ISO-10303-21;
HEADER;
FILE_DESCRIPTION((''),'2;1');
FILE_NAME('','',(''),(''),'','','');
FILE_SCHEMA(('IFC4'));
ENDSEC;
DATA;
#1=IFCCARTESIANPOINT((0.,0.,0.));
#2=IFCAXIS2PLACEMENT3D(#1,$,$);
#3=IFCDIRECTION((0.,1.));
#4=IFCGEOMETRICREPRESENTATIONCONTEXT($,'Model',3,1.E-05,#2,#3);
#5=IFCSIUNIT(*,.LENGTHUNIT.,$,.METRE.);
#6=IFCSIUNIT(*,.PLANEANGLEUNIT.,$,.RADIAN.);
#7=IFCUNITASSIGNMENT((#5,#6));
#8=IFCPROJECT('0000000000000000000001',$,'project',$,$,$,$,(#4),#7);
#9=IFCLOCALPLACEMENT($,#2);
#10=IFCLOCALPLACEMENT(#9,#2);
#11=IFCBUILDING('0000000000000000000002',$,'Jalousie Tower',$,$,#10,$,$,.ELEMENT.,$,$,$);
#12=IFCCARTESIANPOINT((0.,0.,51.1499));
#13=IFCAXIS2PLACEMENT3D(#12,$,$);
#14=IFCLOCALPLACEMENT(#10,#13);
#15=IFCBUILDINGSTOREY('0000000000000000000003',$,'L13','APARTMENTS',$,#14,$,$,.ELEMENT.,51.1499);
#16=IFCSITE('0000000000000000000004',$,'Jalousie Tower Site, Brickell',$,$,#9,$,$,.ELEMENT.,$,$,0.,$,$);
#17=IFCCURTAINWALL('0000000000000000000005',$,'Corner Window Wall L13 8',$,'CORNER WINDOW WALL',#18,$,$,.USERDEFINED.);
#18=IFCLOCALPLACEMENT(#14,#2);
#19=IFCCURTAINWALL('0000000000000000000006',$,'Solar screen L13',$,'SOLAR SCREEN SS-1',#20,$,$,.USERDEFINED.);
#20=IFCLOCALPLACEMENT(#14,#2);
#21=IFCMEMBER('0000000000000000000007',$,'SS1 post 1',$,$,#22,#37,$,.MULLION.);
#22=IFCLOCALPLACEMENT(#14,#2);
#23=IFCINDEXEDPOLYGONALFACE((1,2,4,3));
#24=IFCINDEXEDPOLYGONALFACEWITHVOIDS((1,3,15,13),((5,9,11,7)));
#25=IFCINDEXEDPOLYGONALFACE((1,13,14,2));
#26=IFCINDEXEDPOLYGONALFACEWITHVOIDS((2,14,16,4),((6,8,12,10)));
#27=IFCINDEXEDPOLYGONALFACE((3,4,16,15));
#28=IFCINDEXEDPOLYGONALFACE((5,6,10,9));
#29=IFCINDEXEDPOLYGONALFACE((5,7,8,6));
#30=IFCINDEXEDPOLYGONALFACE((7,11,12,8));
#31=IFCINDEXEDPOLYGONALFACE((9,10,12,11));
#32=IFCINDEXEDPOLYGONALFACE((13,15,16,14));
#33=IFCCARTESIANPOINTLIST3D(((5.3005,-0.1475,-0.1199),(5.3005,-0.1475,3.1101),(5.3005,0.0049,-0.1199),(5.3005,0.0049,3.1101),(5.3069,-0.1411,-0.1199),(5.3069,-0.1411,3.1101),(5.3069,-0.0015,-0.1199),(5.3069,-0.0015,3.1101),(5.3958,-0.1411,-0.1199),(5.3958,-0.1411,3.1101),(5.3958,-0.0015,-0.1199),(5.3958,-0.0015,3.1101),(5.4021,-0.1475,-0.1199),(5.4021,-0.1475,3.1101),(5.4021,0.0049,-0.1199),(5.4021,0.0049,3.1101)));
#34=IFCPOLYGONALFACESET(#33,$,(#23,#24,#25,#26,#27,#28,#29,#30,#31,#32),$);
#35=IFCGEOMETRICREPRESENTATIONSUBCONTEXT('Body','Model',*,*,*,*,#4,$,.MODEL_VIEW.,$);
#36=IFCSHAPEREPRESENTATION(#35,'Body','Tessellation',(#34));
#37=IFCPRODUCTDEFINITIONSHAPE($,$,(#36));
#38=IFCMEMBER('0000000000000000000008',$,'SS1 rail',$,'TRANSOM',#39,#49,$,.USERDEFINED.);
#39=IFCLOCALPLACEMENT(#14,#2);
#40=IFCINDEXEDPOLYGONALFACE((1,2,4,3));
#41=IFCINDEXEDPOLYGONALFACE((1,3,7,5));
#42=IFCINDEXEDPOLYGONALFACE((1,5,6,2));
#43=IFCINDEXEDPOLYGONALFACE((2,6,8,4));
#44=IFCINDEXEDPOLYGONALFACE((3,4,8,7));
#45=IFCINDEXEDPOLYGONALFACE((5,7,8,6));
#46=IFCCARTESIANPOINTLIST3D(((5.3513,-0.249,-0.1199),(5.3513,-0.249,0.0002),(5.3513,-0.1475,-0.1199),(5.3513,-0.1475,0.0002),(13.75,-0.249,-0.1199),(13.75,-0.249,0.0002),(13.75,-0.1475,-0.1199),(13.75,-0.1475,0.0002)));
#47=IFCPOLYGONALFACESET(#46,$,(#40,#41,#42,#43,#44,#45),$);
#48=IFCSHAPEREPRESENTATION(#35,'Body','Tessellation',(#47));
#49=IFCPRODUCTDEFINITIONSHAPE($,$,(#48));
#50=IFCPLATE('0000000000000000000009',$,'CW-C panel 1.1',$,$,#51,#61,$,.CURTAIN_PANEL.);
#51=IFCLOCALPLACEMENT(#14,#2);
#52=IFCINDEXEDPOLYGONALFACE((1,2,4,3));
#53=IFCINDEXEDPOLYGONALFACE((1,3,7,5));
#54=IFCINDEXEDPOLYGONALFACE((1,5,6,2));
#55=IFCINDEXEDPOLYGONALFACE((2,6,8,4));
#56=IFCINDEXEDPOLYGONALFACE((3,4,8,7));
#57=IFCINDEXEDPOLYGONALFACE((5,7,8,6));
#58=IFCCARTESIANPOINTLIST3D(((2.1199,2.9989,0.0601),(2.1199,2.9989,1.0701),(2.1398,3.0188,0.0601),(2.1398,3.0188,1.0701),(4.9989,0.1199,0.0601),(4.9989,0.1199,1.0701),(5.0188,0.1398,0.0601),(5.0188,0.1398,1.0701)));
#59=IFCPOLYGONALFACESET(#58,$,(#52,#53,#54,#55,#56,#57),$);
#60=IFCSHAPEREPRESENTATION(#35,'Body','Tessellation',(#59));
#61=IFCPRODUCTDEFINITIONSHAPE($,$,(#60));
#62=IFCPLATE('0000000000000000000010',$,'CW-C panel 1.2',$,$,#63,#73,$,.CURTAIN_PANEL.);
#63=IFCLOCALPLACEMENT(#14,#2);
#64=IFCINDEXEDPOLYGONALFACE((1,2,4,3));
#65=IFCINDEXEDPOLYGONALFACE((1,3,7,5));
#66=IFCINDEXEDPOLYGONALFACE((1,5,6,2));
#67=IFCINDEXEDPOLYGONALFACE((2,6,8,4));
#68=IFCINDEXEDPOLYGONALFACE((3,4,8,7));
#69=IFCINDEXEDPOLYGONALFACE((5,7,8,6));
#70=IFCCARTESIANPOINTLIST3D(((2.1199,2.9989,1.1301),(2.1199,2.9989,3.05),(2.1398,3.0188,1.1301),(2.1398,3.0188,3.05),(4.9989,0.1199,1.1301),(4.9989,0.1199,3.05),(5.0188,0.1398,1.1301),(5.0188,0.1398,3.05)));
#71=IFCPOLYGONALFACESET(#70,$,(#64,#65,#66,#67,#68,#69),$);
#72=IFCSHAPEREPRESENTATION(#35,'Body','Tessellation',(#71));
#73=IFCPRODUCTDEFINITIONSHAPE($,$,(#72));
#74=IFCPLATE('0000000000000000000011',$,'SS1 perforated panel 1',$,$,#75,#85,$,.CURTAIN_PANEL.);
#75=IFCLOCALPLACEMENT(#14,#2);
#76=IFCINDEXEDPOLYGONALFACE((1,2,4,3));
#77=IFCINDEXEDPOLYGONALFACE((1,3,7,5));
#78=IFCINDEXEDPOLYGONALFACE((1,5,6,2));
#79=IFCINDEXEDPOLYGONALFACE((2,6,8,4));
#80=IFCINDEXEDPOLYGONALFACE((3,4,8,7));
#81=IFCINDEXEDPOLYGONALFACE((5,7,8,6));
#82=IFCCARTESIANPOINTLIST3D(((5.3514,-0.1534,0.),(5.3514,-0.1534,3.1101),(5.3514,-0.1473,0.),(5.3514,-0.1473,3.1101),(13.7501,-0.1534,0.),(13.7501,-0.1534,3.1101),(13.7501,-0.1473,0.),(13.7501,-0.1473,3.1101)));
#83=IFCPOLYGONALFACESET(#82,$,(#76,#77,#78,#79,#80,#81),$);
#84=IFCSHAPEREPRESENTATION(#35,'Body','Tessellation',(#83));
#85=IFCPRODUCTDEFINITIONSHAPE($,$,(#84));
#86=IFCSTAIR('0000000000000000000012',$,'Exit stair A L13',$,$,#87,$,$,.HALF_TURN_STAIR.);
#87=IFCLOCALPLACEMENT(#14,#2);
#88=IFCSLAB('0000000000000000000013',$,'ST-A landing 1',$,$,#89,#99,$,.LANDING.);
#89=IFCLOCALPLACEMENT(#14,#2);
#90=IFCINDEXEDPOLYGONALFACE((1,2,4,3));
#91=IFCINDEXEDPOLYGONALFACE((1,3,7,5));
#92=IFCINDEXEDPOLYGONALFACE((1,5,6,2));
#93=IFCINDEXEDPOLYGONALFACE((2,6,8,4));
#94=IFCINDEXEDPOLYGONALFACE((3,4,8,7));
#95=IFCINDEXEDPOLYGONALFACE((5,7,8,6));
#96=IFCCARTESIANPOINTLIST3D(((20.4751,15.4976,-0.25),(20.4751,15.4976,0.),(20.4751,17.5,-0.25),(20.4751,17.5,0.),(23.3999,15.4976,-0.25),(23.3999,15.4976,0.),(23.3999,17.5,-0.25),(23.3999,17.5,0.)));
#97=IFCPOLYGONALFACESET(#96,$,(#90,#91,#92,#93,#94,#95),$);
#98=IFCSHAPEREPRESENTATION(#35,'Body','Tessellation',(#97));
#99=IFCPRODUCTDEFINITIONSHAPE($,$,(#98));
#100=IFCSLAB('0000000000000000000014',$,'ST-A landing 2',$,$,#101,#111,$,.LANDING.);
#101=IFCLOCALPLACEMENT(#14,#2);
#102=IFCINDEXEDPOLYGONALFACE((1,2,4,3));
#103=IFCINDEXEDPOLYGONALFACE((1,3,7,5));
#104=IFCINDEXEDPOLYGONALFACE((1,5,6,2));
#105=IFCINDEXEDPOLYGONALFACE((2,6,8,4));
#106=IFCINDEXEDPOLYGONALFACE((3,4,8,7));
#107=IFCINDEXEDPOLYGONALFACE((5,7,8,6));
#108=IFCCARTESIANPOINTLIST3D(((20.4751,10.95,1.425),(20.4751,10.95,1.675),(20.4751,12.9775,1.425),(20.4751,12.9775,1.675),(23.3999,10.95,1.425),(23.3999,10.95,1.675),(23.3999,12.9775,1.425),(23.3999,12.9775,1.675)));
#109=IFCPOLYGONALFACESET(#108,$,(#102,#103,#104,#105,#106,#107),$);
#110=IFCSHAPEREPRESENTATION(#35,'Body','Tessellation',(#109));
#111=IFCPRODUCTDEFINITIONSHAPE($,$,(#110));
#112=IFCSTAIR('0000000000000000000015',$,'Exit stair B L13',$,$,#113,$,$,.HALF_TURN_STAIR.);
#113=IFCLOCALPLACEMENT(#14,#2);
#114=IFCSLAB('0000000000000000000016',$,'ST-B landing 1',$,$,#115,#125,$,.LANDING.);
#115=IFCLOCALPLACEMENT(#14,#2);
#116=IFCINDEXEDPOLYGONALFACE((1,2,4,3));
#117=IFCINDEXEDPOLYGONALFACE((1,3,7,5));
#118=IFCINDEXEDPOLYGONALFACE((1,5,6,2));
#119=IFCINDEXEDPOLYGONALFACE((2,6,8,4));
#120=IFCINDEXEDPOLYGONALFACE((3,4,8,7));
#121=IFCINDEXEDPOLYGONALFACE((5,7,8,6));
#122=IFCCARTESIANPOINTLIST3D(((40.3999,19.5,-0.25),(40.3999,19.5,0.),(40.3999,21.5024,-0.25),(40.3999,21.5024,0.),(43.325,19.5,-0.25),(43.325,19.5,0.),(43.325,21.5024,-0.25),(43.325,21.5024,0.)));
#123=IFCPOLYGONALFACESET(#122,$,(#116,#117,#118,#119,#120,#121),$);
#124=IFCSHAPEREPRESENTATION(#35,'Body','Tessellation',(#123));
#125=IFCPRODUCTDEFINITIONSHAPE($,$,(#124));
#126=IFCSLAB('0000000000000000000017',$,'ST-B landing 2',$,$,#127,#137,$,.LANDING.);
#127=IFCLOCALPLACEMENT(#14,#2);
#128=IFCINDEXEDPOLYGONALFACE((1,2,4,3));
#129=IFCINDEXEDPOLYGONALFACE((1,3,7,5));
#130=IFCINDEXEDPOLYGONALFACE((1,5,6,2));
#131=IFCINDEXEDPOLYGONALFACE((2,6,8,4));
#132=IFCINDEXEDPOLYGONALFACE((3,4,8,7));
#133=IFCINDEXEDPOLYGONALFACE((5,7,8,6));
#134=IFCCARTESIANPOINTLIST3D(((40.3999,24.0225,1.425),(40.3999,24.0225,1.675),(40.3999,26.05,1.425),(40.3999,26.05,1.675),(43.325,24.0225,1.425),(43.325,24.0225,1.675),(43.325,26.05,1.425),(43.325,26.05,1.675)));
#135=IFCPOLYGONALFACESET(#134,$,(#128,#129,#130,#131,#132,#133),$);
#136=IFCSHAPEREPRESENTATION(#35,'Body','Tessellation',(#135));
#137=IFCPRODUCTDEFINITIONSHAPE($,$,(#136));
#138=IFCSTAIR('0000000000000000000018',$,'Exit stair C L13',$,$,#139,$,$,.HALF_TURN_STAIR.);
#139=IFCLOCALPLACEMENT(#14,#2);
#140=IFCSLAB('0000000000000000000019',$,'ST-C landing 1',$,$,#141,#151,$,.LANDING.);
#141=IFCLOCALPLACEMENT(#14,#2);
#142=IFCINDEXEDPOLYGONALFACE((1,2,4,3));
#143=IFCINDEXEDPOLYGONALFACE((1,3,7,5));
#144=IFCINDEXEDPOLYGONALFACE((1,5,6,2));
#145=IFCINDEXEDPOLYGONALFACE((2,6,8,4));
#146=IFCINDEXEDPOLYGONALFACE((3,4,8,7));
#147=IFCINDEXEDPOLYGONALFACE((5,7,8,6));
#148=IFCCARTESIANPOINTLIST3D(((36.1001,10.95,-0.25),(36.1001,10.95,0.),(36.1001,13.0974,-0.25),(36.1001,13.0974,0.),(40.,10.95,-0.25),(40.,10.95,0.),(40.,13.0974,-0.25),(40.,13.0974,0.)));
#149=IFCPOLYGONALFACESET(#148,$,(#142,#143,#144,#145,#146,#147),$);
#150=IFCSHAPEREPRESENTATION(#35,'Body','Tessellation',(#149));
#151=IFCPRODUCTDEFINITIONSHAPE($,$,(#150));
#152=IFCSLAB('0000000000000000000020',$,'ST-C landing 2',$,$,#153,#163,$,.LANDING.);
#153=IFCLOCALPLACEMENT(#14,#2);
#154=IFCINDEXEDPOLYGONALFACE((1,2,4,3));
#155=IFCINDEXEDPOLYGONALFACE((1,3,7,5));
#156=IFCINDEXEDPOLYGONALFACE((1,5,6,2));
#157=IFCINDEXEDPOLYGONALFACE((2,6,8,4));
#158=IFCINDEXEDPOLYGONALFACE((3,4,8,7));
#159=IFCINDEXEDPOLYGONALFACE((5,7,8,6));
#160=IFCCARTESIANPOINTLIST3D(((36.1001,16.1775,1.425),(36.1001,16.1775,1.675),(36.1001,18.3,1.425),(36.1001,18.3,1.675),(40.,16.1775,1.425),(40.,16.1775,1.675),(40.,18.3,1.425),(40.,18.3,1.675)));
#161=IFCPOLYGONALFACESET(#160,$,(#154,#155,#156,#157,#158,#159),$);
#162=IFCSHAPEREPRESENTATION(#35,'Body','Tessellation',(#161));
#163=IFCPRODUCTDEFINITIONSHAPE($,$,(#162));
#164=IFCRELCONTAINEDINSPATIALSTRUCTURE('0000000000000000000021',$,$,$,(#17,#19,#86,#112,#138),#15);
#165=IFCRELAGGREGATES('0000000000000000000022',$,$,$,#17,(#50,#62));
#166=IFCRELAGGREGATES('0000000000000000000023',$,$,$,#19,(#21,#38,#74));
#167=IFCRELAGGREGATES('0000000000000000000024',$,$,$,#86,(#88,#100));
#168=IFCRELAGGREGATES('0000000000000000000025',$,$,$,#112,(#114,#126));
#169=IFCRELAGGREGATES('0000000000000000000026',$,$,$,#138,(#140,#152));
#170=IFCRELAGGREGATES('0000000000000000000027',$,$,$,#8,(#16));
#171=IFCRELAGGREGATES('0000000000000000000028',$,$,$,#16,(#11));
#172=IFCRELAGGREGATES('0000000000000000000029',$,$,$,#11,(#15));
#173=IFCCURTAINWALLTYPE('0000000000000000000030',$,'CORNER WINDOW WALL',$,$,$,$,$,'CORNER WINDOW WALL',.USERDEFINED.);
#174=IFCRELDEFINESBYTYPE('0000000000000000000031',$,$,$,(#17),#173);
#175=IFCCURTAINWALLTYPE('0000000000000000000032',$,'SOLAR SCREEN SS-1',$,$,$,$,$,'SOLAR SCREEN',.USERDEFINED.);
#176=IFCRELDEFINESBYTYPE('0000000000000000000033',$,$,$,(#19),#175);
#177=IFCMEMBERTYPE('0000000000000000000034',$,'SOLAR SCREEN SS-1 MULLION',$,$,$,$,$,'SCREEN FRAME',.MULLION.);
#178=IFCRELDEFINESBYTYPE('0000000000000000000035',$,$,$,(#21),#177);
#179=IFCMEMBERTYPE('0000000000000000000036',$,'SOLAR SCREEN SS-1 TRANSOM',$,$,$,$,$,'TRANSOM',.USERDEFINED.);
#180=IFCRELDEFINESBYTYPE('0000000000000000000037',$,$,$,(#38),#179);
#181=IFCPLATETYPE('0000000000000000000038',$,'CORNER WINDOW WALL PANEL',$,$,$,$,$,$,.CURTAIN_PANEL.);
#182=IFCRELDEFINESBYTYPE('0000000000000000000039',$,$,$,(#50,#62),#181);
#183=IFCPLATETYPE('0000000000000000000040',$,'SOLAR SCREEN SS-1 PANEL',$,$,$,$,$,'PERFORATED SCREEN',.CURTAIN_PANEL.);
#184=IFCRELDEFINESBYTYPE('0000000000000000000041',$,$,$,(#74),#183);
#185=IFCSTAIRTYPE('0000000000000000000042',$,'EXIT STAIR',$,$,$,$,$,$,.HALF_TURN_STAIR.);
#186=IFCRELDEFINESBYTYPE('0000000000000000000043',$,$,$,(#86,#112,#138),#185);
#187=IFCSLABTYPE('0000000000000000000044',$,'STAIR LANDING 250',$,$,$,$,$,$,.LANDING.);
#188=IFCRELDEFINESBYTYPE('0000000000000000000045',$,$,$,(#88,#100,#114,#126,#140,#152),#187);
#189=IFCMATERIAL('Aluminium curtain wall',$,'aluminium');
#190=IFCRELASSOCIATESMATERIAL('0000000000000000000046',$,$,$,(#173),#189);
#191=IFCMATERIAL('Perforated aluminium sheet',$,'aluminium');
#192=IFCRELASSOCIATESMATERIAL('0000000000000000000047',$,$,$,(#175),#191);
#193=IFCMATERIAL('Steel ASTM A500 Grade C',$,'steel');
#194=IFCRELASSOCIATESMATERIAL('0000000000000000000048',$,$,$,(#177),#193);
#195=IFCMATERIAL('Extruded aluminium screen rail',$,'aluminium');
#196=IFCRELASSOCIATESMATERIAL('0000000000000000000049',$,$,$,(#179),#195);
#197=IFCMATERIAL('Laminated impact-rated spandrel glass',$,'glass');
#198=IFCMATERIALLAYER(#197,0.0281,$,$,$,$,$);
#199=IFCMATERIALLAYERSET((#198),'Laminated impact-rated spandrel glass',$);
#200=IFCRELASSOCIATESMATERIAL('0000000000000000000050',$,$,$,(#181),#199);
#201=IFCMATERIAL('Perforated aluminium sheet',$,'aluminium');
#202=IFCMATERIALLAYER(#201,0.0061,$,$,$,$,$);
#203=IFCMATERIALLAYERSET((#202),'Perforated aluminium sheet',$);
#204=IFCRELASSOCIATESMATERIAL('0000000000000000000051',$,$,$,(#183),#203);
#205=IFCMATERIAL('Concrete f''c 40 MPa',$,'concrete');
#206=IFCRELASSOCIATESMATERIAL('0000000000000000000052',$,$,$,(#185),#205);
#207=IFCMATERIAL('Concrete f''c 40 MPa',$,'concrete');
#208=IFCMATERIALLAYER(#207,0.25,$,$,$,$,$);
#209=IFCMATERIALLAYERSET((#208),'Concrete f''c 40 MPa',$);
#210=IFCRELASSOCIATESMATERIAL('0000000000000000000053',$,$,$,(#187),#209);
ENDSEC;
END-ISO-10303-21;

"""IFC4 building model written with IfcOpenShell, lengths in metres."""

from ifc_helpers import new_model, si_unit, direction, frame, origin, origin_2d, place, context, subcontext, project, spatial, polyline, rectangle, hollow_rectangle, outline, extrude, material, layer, layer_set, material_profile, profile_set, type_object, element, aggregate, save


model = new_model("IFC4")

# Units and contexts
model_context = context("Model", 3, precision=1e-05, world=origin(), true_north=direction((0.0, 1.0)))
body_context = subcontext(model_context, "Body", "Model", "MODEL_VIEW")
ifc_project = project(units=[si_unit("LENGTHUNIT", "METRE"), si_unit("PLANEANGLEUNIT", "RADIAN")], contexts=[model_context])

# Site, building, storey
site_placement = place(None, origin())
site = spatial("IfcSite", under=ifc_project, at=site_placement, Name="Jalousie Tower Site, Brickell", CompositionType="ELEMENT", RefElevation=0.0)
building_placement = place(site_placement, origin())
building = spatial("IfcBuilding", under=site, at=building_placement, Name="Jalousie Tower", CompositionType="ELEMENT")
storey_placement = place(building_placement, frame((0.0, 0.0, 51.1499)))
storey = spatial("IfcBuildingStorey", under=building, at=storey_placement, Name="L13", Description="APARTMENTS", CompositionType="ELEMENT", Elevation=51.1499)

# Curtain wall
ifc_material_1 = material(Name="Aluminium curtain wall", Category="aluminium")
curtain_wall_type_1 = type_object("IfcCurtainWallType", Name="CORNER WINDOW WALL", ElementType="CORNER WINDOW WALL", PredefinedType="USERDEFINED", material=ifc_material_1)
curtain_wall_1_placement = place(storey_placement, origin())
curtain_wall_1 = element("IfcCurtainWall", 1, at=curtain_wall_1_placement, inside=storey, type_object=curtain_wall_type_1, Name="Corner Window Wall L13 8", ObjectType="CORNER WINDOW WALL", PredefinedType="USERDEFINED")

# Curtain wall, members
ifc_material_2 = material(Name="Perforated aluminium sheet", Category="aluminium")
curtain_wall_type_2 = type_object("IfcCurtainWallType", Name="SOLAR SCREEN SS-1", ElementType="SOLAR SCREEN", PredefinedType="USERDEFINED", material=ifc_material_2)
curtain_wall_2_placement = place(storey_placement, origin())
curtain_wall_2 = element("IfcCurtainWall", 2, at=curtain_wall_2_placement, inside=storey, type_object=curtain_wall_type_2, Name="Solar screen L13", ObjectType="SOLAR SCREEN SS-1", PredefinedType="USERDEFINED")
ifc_material_3 = material(Name="Steel ASTM A500 Grade C", Category="steel")
ifc_material_profile_1 = material_profile(ifc_material_3, hollow_rectangle(XDim=0.1016, YDim=0.1523, WallThickness=0.0063, at=origin_2d()), Name="HSS6X4X1/4")
ifc_profile_set_1 = profile_set([ifc_material_profile_1], Name="Steel ASTM A500 Grade C")
member_type_1 = type_object("IfcMemberType", Name="SOLAR SCREEN SS-1 MULLION", ElementType="SCREEN FRAME", PredefinedType="MULLION", material=ifc_profile_set_1)
member_1_placement = place(storey_placement, frame((5.3513, -0.0713, -0.1199), z_axis=(0.0, 0.0, 1.0), x_axis=(1.0, 0.0, 0.0)))
member_1 = element("IfcMember", 3, at=member_1_placement, type_object=member_type_1, Name="SS1 post 1", PredefinedType="MULLION", context=body_context, shape_type="SweptSolid", body=[
    extrude(hollow_rectangle(XDim=0.1016, YDim=0.1523, WallThickness=0.0063, at=origin_2d()), origin(), (0.0, 0.0, 1.0), 3.23),
])
ifc_material_4 = material(Name="Extruded aluminium screen rail", Category="aluminium")
ifc_material_profile_2 = material_profile(ifc_material_4, rectangle(XDim=0.1016, YDim=0.1201, at=origin_2d()), Name="RAIL 102x120")
ifc_profile_set_2 = profile_set([ifc_material_profile_2], Name="Extruded aluminium screen rail")
member_type_2 = type_object("IfcMemberType", Name="SOLAR SCREEN SS-1 TRANSOM", ElementType="TRANSOM", PredefinedType="USERDEFINED", material=ifc_profile_set_2)
member_2_placement = place(storey_placement, frame((5.3513, -0.1982, -0.0598), z_axis=(1.0, 0.0, 0.0), x_axis=(0.0, 1.0, 0.0)))
member_2 = element("IfcMember", 4, at=member_2_placement, type_object=member_type_2, Name="SS1 rail", ObjectType="TRANSOM", PredefinedType="USERDEFINED", context=body_context, shape_type="SweptSolid", body=[
    extrude(rectangle(XDim=0.1016, YDim=0.1201, at=origin_2d()), origin(), (0.0, 0.0, 1.0), 8.3987),
])

# Plates
ifc_material_5 = material(Name="Laminated impact-rated spandrel glass", Category="glass")
ifc_layer_1 = layer(ifc_material_5, 0.0281)
ifc_layer_set_1 = layer_set([ifc_layer_1], Name="Laminated impact-rated spandrel glass")
plate_type_1 = type_object("IfcPlateType", Name="CORNER WINDOW WALL PANEL", PredefinedType="CURTAIN_PANEL", material=ifc_layer_set_1)
plate_1_placement = place(storey_placement, frame((3.5693, 1.5693, 0.0601), z_axis=(0.0, 0.0, 1.0), x_axis=(0.707107, -0.707107, 0.0)))
plate_1 = element("IfcPlate", 5, at=plate_1_placement, type_object=plate_type_1, Name="CW-C panel 1.1", PredefinedType="CURTAIN_PANEL", context=body_context, shape_type="SweptSolid", body=[
    extrude(rectangle(XDim=4.0715, YDim=0.0281, at=origin_2d()), origin(), (0.0, 0.0, 1.0), 1.01),
])
plate_2_placement = place(storey_placement, frame((3.5693, 1.5693, 1.1301), z_axis=(0.0, 0.0, 1.0), x_axis=(0.707107, -0.707107, 0.0)))
plate_2 = element("IfcPlate", 6, at=plate_2_placement, type_object=plate_type_1, Name="CW-C panel 1.2", PredefinedType="CURTAIN_PANEL", context=body_context, shape_type="SweptSolid", body=[
    extrude(rectangle(XDim=4.0715, YDim=0.0281, at=origin_2d()), origin(), (0.0, 0.0, 1.0), 1.9199),
])
aggregate(curtain_wall_1, [plate_1, plate_2])

# Plate
ifc_material_6 = material(Name="Perforated aluminium sheet", Category="aluminium")
ifc_layer_2 = layer(ifc_material_6, 0.0061)
ifc_layer_set_2 = layer_set([ifc_layer_2], Name="Perforated aluminium sheet")
plate_type_2 = type_object("IfcPlateType", Name="SOLAR SCREEN SS-1 PANEL", ElementType="PERFORATED SCREEN", PredefinedType="CURTAIN_PANEL", material=ifc_layer_set_2)
plate_3_placement = place(storey_placement, frame((9.5508, -0.1504, 0.0), z_axis=(0.0, 0.0, 1.0), x_axis=(1.0, 0.0, 0.0)))
plate_3 = element("IfcPlate", 7, at=plate_3_placement, type_object=plate_type_2, Name="SS1 perforated panel 1", PredefinedType="CURTAIN_PANEL", context=body_context, shape_type="SweptSolid", body=[
    extrude(rectangle(XDim=8.3987, YDim=0.0061, at=origin_2d()), origin(), (0.0, 0.0, 1.0), 3.1101),
])
aggregate(curtain_wall_2, [member_1, member_2, plate_3])

# Stairs, slabs
ifc_material_7 = material(Name="Concrete f'c 40 MPa", Category="concrete")
stair_type = type_object("IfcStairType", Name="EXIT STAIR", PredefinedType="HALF_TURN_STAIR", material=ifc_material_7)
stair_1_placement = place(storey_placement, origin())
stair_1 = element("IfcStair", 8, at=stair_1_placement, inside=storey, type_object=stair_type, Name="Exit stair A L13", PredefinedType="HALF_TURN_STAIR")
ifc_material_8 = material(Name="Concrete f'c 40 MPa", Category="concrete")
ifc_layer_3 = layer(ifc_material_8, 0.25)
ifc_layer_set_3 = layer_set([ifc_layer_3], Name="Concrete f'c 40 MPa")
slab_type_1 = type_object("IfcSlabType", Name="STAIR LANDING 250", PredefinedType="LANDING", material=ifc_layer_set_3)
slab_1_placement = place(storey_placement, frame((0.0, 0.0, -0.25)))
slab_1 = element("IfcSlab", 9, at=slab_1_placement, type_object=slab_type_1, Name="ST-A landing 1", PredefinedType="LANDING", context=body_context, shape_type="SweptSolid", body=[
    extrude(outline(polyline([(20.4751, 15.4976), (23.3999, 15.4976), (23.3999, 17.5), (20.4751, 17.5), (20.4751, 15.4976)])), origin(), (0.0, 0.0, 1.0), 0.25),
])
slab_2_placement = place(storey_placement, frame((0.0, 0.0, 1.425)))
slab_2 = element("IfcSlab", 10, at=slab_2_placement, type_object=slab_type_1, Name="ST-A landing 2", PredefinedType="LANDING", context=body_context, shape_type="SweptSolid", body=[
    extrude(outline(polyline([(20.4751, 10.95), (23.3999, 10.95), (23.3999, 12.9775), (20.4751, 12.9775), (20.4751, 10.95)])), origin(), (0.0, 0.0, 1.0), 0.25),
])
aggregate(stair_1, [slab_1, slab_2])
stair_2_placement = place(storey_placement, origin())
stair_2 = element("IfcStair", 11, at=stair_2_placement, inside=storey, type_object=stair_type, Name="Exit stair B L13", PredefinedType="HALF_TURN_STAIR")
slab_3_placement = place(storey_placement, frame((0.0, 0.0, -0.25)))
slab_3 = element("IfcSlab", 12, at=slab_3_placement, type_object=slab_type_1, Name="ST-B landing 1", PredefinedType="LANDING", context=body_context, shape_type="SweptSolid", body=[
    extrude(outline(polyline([(40.3999, 19.5), (43.325, 19.5), (43.325, 21.5024), (40.3999, 21.5024), (40.3999, 19.5)])), origin(), (0.0, 0.0, 1.0), 0.25),
])
slab_4_placement = place(storey_placement, frame((0.0, 0.0, 1.425)))
slab_4 = element("IfcSlab", 13, at=slab_4_placement, type_object=slab_type_1, Name="ST-B landing 2", PredefinedType="LANDING", context=body_context, shape_type="SweptSolid", body=[
    extrude(outline(polyline([(40.3999, 24.0225), (43.325, 24.0225), (43.325, 26.05), (40.3999, 26.05), (40.3999, 24.0225)])), origin(), (0.0, 0.0, 1.0), 0.25),
])
aggregate(stair_2, [slab_3, slab_4])
stair_3_placement = place(storey_placement, origin())
stair_3 = element("IfcStair", 14, at=stair_3_placement, inside=storey, type_object=stair_type, Name="Exit stair C L13", PredefinedType="HALF_TURN_STAIR")
slab_5_placement = place(storey_placement, frame((0.0, 0.0, -0.25)))
slab_5 = element("IfcSlab", 15, at=slab_5_placement, type_object=slab_type_1, Name="ST-C landing 1", PredefinedType="LANDING", context=body_context, shape_type="SweptSolid", body=[
    extrude(outline(polyline([(36.1001, 10.95), (40.0, 10.95), (40.0, 13.0974), (36.1001, 13.0974), (36.1001, 10.95)])), origin(), (0.0, 0.0, 1.0), 0.25),
])
slab_6_placement = place(storey_placement, frame((0.0, 0.0, 1.425)))
slab_6 = element("IfcSlab", 16, at=slab_6_placement, type_object=slab_type_1, Name="ST-C landing 2", PredefinedType="LANDING", context=body_context, shape_type="SweptSolid", body=[
    extrude(outline(polyline([(36.1001, 16.1775), (40.0, 16.1775), (40.0, 18.3), (36.1001, 18.3), (36.1001, 16.1775)])), origin(), (0.0, 0.0, 1.0), 0.25),
])
aggregate(stair_3, [slab_5, slab_6])

save(model, "model.ifc")
